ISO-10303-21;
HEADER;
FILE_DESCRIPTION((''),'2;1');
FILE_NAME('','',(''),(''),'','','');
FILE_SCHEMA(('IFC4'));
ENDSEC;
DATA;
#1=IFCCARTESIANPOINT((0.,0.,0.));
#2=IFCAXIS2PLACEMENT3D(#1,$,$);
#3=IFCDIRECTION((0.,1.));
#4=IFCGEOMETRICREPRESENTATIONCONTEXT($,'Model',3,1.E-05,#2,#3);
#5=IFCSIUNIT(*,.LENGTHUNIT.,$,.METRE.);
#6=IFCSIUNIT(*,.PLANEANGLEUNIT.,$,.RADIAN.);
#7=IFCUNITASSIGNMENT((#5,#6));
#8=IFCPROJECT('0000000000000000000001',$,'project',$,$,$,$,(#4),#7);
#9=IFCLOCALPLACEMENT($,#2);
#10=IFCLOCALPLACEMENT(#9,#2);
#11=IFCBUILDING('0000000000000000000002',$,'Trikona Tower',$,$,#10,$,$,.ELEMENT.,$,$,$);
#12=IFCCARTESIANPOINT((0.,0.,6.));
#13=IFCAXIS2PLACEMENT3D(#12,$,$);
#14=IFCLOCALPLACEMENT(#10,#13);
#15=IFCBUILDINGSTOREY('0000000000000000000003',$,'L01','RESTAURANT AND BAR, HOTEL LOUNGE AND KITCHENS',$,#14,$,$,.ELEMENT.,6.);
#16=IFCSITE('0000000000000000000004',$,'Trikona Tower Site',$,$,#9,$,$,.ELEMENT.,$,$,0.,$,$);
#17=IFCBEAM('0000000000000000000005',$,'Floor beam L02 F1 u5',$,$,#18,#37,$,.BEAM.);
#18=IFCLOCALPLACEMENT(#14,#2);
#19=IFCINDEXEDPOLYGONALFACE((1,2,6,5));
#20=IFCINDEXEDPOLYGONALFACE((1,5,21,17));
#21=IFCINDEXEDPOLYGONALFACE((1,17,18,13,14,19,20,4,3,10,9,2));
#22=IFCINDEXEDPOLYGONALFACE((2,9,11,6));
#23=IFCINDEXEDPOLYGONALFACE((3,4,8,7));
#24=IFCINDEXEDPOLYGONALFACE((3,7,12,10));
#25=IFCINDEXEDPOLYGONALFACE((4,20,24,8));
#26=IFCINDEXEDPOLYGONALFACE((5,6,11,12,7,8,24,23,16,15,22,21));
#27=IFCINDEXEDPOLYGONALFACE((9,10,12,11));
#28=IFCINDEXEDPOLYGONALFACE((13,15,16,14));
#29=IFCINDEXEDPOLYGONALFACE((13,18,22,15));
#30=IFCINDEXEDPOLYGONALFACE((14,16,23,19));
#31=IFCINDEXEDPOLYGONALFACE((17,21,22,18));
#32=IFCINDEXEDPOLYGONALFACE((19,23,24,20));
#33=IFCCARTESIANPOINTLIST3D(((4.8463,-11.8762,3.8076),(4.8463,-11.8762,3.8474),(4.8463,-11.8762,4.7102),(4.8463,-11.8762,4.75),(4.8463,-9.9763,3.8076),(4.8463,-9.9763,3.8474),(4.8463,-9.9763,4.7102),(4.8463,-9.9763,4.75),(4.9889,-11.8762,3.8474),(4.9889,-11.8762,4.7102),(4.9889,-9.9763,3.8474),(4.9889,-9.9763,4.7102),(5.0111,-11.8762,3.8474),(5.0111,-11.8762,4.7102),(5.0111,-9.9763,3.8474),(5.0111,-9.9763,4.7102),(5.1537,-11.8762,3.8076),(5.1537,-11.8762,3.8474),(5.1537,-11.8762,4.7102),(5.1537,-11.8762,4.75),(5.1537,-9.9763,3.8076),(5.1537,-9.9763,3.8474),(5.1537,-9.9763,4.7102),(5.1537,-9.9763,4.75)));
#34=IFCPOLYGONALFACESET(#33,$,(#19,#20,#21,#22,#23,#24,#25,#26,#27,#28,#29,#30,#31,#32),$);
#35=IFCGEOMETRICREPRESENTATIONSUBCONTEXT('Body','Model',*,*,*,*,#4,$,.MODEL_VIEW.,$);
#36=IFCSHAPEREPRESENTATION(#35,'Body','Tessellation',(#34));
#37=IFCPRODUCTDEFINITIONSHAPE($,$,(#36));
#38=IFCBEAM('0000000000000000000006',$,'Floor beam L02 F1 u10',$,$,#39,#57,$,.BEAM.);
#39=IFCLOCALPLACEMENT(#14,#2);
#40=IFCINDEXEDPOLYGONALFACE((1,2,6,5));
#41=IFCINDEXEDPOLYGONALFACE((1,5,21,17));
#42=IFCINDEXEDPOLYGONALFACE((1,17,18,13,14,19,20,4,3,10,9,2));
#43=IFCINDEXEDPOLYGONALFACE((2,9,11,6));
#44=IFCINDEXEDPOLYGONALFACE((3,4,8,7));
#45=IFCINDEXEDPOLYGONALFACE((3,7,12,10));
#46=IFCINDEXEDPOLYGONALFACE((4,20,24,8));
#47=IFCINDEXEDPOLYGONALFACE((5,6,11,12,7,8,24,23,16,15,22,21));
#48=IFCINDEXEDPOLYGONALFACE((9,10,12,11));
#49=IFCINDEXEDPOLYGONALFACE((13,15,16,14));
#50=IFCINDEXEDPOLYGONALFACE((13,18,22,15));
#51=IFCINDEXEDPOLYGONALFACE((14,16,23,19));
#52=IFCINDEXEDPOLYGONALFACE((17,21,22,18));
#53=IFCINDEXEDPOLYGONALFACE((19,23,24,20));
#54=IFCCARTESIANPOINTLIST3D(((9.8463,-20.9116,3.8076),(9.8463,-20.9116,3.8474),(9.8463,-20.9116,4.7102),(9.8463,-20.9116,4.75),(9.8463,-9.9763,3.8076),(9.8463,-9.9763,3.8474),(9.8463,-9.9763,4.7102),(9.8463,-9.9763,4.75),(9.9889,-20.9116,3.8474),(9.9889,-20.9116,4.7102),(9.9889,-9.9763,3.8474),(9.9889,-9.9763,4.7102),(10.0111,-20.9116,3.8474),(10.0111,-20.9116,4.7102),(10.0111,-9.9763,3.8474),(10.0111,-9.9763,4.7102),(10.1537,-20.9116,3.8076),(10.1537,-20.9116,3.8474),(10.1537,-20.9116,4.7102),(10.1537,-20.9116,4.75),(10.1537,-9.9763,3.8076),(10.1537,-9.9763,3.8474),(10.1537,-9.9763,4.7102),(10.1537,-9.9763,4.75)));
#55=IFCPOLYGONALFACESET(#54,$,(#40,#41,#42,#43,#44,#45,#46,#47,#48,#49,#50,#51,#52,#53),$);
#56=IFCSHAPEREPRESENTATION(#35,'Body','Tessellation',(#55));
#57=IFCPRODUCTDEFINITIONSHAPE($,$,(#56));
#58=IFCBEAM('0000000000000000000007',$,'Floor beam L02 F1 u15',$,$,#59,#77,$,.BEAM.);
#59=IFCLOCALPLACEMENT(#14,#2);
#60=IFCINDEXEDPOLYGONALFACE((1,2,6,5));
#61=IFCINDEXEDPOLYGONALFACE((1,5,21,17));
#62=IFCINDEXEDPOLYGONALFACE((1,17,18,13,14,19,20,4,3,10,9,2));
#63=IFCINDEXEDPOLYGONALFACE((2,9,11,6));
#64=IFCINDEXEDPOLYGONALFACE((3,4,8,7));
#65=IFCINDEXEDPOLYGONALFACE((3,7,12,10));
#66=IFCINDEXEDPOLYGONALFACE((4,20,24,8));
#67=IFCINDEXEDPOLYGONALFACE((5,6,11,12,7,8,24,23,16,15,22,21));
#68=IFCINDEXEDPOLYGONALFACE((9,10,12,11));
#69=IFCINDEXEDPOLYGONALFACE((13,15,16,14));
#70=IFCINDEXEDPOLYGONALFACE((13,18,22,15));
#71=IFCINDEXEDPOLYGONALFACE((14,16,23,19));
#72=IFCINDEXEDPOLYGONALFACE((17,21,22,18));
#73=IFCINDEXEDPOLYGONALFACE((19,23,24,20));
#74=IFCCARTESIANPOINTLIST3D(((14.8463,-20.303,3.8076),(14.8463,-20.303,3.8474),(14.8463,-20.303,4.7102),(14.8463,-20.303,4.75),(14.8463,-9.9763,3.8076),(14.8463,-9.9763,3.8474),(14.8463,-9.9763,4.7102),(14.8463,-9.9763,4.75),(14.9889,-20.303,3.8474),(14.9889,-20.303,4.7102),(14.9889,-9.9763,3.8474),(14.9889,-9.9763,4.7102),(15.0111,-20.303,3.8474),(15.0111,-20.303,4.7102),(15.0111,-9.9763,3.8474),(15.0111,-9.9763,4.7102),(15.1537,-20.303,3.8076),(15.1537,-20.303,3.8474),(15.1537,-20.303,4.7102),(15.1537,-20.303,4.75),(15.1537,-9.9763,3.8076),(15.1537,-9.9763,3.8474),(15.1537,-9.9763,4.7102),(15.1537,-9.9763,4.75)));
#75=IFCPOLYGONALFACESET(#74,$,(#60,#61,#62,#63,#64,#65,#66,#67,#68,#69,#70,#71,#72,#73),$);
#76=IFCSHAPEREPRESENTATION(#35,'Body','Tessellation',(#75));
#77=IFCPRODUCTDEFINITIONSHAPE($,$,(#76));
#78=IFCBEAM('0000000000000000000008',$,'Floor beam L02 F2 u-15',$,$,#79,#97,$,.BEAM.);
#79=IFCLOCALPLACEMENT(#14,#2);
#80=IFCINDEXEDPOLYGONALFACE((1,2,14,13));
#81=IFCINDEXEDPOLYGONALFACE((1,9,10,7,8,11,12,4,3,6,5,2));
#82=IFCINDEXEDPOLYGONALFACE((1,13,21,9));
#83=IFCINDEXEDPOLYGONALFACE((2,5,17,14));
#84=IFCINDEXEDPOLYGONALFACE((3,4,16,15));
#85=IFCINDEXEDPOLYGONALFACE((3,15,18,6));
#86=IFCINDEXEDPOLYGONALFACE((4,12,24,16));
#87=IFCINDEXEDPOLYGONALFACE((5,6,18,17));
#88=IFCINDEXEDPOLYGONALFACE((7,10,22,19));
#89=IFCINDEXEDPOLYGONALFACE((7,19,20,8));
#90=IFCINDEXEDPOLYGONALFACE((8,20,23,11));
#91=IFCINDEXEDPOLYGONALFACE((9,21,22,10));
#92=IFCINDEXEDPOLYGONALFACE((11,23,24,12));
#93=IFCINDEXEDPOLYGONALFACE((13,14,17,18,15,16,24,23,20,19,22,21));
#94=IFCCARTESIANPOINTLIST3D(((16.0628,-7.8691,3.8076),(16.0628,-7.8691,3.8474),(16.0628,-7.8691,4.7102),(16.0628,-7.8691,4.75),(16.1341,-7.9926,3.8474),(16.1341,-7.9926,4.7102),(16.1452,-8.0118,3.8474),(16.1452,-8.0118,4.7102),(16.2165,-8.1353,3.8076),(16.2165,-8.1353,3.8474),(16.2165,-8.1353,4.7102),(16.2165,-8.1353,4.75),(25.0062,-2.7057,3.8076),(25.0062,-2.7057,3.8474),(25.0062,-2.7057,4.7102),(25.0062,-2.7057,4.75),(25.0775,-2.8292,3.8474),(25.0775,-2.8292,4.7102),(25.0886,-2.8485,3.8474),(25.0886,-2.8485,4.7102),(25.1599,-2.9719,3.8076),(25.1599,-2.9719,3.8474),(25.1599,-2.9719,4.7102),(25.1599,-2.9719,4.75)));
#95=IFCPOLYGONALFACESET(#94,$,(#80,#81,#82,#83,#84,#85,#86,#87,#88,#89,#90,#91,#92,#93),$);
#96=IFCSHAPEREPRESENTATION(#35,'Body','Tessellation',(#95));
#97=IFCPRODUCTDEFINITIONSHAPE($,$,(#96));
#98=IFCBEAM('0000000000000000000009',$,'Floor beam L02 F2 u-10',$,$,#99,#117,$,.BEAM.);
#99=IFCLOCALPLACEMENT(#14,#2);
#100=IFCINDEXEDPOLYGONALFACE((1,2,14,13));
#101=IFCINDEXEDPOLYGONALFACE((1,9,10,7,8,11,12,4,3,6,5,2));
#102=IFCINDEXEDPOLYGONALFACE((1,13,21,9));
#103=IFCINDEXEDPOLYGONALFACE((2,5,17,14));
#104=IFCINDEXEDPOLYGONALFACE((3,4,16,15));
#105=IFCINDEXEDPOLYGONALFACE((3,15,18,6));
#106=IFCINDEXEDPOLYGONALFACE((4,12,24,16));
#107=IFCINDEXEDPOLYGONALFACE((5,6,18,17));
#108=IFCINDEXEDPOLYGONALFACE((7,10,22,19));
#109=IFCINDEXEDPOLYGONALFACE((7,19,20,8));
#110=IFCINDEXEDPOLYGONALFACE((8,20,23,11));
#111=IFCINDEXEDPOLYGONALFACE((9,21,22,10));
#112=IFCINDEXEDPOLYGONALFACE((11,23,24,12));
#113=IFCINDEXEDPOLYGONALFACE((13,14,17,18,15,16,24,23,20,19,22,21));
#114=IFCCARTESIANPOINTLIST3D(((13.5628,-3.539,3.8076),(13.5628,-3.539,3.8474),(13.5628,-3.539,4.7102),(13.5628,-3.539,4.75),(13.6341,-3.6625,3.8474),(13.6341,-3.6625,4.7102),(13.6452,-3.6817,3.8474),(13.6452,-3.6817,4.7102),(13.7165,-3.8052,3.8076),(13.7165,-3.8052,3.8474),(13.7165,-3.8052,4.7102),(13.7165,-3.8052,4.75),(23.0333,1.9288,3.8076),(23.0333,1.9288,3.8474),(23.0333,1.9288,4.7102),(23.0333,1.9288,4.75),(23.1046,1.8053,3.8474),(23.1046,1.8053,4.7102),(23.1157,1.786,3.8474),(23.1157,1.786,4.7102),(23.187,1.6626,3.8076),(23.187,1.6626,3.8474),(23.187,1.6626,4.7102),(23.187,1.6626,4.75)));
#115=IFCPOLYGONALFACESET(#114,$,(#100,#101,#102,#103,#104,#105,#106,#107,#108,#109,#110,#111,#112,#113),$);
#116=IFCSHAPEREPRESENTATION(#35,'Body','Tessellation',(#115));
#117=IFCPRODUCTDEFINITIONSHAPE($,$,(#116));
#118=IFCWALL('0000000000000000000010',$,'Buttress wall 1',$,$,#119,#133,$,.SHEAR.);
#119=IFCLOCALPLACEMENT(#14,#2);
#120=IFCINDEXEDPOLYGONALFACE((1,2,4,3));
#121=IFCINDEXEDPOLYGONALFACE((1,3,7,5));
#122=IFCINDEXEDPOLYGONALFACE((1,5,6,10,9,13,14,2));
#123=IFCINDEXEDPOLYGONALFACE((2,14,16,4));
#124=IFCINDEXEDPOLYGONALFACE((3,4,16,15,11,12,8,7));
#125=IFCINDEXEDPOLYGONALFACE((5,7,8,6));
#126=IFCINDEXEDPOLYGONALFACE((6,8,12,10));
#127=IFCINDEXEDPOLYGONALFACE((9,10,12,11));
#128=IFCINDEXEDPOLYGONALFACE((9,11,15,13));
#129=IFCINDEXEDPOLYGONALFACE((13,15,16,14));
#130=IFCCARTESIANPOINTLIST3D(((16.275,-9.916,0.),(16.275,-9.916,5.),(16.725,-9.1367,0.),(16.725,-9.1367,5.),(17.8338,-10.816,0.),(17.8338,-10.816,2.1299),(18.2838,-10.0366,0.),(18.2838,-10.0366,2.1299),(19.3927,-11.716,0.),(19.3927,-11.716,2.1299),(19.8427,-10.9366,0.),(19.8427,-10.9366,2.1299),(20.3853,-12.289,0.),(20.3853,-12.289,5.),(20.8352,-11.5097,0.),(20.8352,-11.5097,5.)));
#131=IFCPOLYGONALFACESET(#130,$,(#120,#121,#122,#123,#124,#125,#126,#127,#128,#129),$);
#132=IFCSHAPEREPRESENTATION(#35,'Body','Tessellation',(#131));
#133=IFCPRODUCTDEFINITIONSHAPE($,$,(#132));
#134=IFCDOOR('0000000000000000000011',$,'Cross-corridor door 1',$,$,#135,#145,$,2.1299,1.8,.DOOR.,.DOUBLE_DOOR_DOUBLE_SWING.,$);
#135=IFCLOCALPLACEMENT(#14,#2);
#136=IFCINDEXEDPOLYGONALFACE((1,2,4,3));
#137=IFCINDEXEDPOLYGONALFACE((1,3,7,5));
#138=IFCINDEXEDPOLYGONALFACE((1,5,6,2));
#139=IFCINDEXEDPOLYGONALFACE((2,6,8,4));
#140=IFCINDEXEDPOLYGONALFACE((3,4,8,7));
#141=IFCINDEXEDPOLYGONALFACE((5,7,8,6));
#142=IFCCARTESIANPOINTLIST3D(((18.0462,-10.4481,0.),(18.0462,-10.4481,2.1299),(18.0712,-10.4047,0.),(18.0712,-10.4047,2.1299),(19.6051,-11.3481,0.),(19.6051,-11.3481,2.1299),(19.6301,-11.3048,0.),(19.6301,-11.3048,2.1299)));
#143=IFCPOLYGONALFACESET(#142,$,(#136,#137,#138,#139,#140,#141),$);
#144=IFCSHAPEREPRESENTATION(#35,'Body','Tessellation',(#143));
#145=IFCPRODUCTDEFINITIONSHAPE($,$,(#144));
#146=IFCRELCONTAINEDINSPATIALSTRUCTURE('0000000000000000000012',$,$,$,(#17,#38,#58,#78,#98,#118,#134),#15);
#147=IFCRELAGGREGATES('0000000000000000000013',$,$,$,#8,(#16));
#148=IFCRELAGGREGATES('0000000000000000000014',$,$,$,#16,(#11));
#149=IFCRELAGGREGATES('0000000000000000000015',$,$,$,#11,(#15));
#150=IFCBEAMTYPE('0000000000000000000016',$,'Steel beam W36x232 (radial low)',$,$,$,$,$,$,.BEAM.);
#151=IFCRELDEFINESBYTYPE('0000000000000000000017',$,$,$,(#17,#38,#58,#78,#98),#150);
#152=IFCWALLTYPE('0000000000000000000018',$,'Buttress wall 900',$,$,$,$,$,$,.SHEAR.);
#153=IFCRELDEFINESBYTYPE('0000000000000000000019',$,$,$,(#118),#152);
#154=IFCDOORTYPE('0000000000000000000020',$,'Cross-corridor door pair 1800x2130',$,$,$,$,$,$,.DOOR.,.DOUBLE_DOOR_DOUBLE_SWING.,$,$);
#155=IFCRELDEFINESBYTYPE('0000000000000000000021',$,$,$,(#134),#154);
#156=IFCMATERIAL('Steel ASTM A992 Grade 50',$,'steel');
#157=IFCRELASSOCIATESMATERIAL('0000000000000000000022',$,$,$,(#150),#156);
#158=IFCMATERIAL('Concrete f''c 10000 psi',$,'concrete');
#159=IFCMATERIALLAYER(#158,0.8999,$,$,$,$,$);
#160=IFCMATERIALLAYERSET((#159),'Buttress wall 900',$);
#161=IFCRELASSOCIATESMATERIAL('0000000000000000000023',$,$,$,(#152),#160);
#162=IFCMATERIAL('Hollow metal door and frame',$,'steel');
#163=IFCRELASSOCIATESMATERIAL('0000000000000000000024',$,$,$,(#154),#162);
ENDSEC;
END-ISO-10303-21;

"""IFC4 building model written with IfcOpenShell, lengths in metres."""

from ifc_helpers import new_model, si_unit, direction, frame, frame_2d, origin, origin_2d, place, context, subcontext, project, spatial, rectangle, i_section, extrude, material, layer, layer_set, material_profile, profile_set, type_object, element, fill, save


model = new_model("IFC4")

# Units and contexts
model_context = context("Model", 3, precision=1e-05, world=origin(), true_north=direction((0.0, 1.0)))
body_context = subcontext(model_context, "Body", "Model", "MODEL_VIEW")
ifc_project = project(units=[si_unit("LENGTHUNIT", "METRE"), si_unit("PLANEANGLEUNIT", "RADIAN")], contexts=[model_context])

# Site, building, storey
site_placement = place(None, origin())
site = spatial("IfcSite", under=ifc_project, at=site_placement, Name="Trikona Tower Site", CompositionType="ELEMENT", RefElevation=0.0)
building_placement = place(site_placement, origin())
building = spatial("IfcBuilding", under=site, at=building_placement, Name="Trikona Tower", CompositionType="ELEMENT")
storey_placement = place(building_placement, frame((0.0, 0.0, 6.0)))
storey = spatial("IfcBuildingStorey", under=building, at=storey_placement, Name="L01", Description="RESTAURANT AND BAR, HOTEL LOUNGE AND KITCHENS", CompositionType="ELEMENT", Elevation=6.0)

# Beams
ifc_material_1 = material(Name="Steel ASTM A992 Grade 50", Category="steel")
ifc_material_profile = material_profile(ifc_material_1, i_section(OverallWidth=0.3074, OverallDepth=0.9424, WebThickness=0.0222, FlangeThickness=0.0398, at=origin_2d()), Name="W36X232")
ifc_profile_set = profile_set([ifc_material_profile], Name="Steel ASTM A992 Grade 50")
beam_type = type_object("IfcBeamType", Name="Steel beam W36x232 (radial low)", PredefinedType="BEAM", material=ifc_profile_set)
beam_1_placement = place(storey_placement, frame((5.0, -9.9763, 4.2788), z_axis=(0.0, -1.0, 0.0), x_axis=(1.0, 0.0, 0.0)))
element("IfcBeam", 1, at=beam_1_placement, inside=storey, type_object=beam_type, Name="Floor beam L02 F1 u5", PredefinedType="BEAM", context=body_context, shape_type="SweptSolid", body=[
    extrude(i_section(OverallWidth=0.3074, OverallDepth=0.9424, WebThickness=0.0222, FlangeThickness=0.0398, at=origin_2d()), origin(), (0.0, 0.0, 1.0), 1.8999),
])
beam_2_placement = place(storey_placement, frame((10.0, -9.9763, 4.2788), z_axis=(0.0, -1.0, 0.0), x_axis=(1.0, 0.0, 0.0)))
element("IfcBeam", 2, at=beam_2_placement, inside=storey, type_object=beam_type, Name="Floor beam L02 F1 u10", PredefinedType="BEAM", context=body_context, shape_type="SweptSolid", body=[
    extrude(i_section(OverallWidth=0.3074, OverallDepth=0.9424, WebThickness=0.0222, FlangeThickness=0.0398, at=origin_2d()), origin(), (0.0, 0.0, 1.0), 10.9353),
])
beam_3_placement = place(storey_placement, frame((15.0, -9.9763, 4.2788), z_axis=(0.0, -1.0, 0.0), x_axis=(1.0, 0.0, 0.0)))
element("IfcBeam", 3, at=beam_3_placement, inside=storey, type_object=beam_type, Name="Floor beam L02 F1 u15", PredefinedType="BEAM", context=body_context, shape_type="SweptSolid", body=[
    extrude(i_section(OverallWidth=0.3074, OverallDepth=0.9424, WebThickness=0.0222, FlangeThickness=0.0398, at=origin_2d()), origin(), (0.0, 0.0, 1.0), 10.3267),
])
beam_4_placement = place(storey_placement, frame((16.1396, -8.0022, 4.2788), z_axis=(0.86603, 0.499991, 0.0), x_axis=(-0.499991, 0.86603, 0.0)))
element("IfcBeam", 4, at=beam_4_placement, inside=storey, type_object=beam_type, Name="Floor beam L02 F2 u-15", PredefinedType="BEAM", context=body_context, shape_type="SweptSolid", body=[
    extrude(i_section(OverallWidth=0.3074, OverallDepth=0.9424, WebThickness=0.0222, FlangeThickness=0.0398, at=origin_2d()), origin(), (0.0, 0.0, 1.0), 10.3269),
])
beam_5_placement = place(storey_placement, frame((13.6396, -3.6721, 4.2788), z_axis=(0.866025, 0.5, 0.0), x_axis=(-0.5, 0.866025, 0.0)))
element("IfcBeam", 5, at=beam_5_placement, inside=storey, type_object=beam_type, Name="Floor beam L02 F2 u-10", PredefinedType="BEAM", context=body_context, shape_type="SweptSolid", body=[
    extrude(i_section(OverallWidth=0.3074, OverallDepth=0.9424, WebThickness=0.0222, FlangeThickness=0.0398, at=origin_2d()), origin(), (0.0, 0.0, 1.0), 10.9355),
])

# Wall, opening, door
ifc_material_2 = material(Name="Concrete f'c 10000 psi", Category="concrete")
ifc_layer_1 = layer(ifc_material_2, 0.8999)
ifc_layer_set_1 = layer_set([ifc_layer_1], Name="Buttress wall 900")
wall_type_1 = type_object("IfcWallType", Name="Buttress wall 900", PredefinedType="SHEAR", material=ifc_layer_set_1)
wall_1_placement = place(storey_placement, frame((16.5, -9.5264, 0.0), z_axis=(0.0, 0.0, 1.0), x_axis=(0.866031, -0.49999, 0.0)))
wall_1 = element("IfcWall", 6, at=wall_1_placement, inside=storey, type_object=wall_type_1, Name="Buttress wall 1", PredefinedType="SHEAR", context=body_context, shape_type="SweptSolid", body=[
    extrude(rectangle(XDim=4.7461, YDim=0.8999, at=frame_2d((2.373, 0.0))), origin(), (0.0, 0.0, 1.0), 5.0),
])
opening_1_placement = place(wall_1_placement, frame((1.8, 0.0, 0.0)))
opening_1 = element("IfcOpeningElement", 7, at=opening_1_placement, cuts=wall_1, PredefinedType="OPENING", context=body_context, shape_type="SweptSolid", body=[
    extrude(rectangle(XDim=1.8, YDim=2.1299, at=frame_2d((0.8999, 1.0649))), frame((0.0, 0.46, 0.0), z_axis=(0.0, -1.0, 0.0), x_axis=(1.0, 0.0, 0.0)), (0.0, 0.0, 1.0), 0.9199),
])
ifc_material_3 = material(Name="Hollow metal door and frame", Category="steel")
door_type_1 = type_object("IfcDoorType", Name="Cross-corridor door pair 1800x2130", OperationType="DOUBLE_DOOR_DOUBLE_SWING", PredefinedType="DOOR", material=ifc_material_3)
door_1_placement = place(opening_1_placement, origin())
door_1 = element("IfcDoor", 8, at=door_1_placement, inside=storey, type_object=door_type_1, Name="Cross-corridor door 1", OperationType="DOUBLE_DOOR_DOUBLE_SWING", OverallHeight=2.1299, OverallWidth=1.8, PredefinedType="DOOR", context=body_context, shape_type="SweptSolid", body=[
    extrude(rectangle(XDim=1.8, YDim=2.1299, at=frame_2d((0.8999, 1.0649))), frame((0.0, 0.0249, 0.0), z_axis=(0.0, -1.0, 0.0), x_axis=(1.0, 0.0, 0.0)), (0.0, 0.0, 1.0), 0.05),
])
fill(opening_1, door_1)

save(model, "model.ifc")
